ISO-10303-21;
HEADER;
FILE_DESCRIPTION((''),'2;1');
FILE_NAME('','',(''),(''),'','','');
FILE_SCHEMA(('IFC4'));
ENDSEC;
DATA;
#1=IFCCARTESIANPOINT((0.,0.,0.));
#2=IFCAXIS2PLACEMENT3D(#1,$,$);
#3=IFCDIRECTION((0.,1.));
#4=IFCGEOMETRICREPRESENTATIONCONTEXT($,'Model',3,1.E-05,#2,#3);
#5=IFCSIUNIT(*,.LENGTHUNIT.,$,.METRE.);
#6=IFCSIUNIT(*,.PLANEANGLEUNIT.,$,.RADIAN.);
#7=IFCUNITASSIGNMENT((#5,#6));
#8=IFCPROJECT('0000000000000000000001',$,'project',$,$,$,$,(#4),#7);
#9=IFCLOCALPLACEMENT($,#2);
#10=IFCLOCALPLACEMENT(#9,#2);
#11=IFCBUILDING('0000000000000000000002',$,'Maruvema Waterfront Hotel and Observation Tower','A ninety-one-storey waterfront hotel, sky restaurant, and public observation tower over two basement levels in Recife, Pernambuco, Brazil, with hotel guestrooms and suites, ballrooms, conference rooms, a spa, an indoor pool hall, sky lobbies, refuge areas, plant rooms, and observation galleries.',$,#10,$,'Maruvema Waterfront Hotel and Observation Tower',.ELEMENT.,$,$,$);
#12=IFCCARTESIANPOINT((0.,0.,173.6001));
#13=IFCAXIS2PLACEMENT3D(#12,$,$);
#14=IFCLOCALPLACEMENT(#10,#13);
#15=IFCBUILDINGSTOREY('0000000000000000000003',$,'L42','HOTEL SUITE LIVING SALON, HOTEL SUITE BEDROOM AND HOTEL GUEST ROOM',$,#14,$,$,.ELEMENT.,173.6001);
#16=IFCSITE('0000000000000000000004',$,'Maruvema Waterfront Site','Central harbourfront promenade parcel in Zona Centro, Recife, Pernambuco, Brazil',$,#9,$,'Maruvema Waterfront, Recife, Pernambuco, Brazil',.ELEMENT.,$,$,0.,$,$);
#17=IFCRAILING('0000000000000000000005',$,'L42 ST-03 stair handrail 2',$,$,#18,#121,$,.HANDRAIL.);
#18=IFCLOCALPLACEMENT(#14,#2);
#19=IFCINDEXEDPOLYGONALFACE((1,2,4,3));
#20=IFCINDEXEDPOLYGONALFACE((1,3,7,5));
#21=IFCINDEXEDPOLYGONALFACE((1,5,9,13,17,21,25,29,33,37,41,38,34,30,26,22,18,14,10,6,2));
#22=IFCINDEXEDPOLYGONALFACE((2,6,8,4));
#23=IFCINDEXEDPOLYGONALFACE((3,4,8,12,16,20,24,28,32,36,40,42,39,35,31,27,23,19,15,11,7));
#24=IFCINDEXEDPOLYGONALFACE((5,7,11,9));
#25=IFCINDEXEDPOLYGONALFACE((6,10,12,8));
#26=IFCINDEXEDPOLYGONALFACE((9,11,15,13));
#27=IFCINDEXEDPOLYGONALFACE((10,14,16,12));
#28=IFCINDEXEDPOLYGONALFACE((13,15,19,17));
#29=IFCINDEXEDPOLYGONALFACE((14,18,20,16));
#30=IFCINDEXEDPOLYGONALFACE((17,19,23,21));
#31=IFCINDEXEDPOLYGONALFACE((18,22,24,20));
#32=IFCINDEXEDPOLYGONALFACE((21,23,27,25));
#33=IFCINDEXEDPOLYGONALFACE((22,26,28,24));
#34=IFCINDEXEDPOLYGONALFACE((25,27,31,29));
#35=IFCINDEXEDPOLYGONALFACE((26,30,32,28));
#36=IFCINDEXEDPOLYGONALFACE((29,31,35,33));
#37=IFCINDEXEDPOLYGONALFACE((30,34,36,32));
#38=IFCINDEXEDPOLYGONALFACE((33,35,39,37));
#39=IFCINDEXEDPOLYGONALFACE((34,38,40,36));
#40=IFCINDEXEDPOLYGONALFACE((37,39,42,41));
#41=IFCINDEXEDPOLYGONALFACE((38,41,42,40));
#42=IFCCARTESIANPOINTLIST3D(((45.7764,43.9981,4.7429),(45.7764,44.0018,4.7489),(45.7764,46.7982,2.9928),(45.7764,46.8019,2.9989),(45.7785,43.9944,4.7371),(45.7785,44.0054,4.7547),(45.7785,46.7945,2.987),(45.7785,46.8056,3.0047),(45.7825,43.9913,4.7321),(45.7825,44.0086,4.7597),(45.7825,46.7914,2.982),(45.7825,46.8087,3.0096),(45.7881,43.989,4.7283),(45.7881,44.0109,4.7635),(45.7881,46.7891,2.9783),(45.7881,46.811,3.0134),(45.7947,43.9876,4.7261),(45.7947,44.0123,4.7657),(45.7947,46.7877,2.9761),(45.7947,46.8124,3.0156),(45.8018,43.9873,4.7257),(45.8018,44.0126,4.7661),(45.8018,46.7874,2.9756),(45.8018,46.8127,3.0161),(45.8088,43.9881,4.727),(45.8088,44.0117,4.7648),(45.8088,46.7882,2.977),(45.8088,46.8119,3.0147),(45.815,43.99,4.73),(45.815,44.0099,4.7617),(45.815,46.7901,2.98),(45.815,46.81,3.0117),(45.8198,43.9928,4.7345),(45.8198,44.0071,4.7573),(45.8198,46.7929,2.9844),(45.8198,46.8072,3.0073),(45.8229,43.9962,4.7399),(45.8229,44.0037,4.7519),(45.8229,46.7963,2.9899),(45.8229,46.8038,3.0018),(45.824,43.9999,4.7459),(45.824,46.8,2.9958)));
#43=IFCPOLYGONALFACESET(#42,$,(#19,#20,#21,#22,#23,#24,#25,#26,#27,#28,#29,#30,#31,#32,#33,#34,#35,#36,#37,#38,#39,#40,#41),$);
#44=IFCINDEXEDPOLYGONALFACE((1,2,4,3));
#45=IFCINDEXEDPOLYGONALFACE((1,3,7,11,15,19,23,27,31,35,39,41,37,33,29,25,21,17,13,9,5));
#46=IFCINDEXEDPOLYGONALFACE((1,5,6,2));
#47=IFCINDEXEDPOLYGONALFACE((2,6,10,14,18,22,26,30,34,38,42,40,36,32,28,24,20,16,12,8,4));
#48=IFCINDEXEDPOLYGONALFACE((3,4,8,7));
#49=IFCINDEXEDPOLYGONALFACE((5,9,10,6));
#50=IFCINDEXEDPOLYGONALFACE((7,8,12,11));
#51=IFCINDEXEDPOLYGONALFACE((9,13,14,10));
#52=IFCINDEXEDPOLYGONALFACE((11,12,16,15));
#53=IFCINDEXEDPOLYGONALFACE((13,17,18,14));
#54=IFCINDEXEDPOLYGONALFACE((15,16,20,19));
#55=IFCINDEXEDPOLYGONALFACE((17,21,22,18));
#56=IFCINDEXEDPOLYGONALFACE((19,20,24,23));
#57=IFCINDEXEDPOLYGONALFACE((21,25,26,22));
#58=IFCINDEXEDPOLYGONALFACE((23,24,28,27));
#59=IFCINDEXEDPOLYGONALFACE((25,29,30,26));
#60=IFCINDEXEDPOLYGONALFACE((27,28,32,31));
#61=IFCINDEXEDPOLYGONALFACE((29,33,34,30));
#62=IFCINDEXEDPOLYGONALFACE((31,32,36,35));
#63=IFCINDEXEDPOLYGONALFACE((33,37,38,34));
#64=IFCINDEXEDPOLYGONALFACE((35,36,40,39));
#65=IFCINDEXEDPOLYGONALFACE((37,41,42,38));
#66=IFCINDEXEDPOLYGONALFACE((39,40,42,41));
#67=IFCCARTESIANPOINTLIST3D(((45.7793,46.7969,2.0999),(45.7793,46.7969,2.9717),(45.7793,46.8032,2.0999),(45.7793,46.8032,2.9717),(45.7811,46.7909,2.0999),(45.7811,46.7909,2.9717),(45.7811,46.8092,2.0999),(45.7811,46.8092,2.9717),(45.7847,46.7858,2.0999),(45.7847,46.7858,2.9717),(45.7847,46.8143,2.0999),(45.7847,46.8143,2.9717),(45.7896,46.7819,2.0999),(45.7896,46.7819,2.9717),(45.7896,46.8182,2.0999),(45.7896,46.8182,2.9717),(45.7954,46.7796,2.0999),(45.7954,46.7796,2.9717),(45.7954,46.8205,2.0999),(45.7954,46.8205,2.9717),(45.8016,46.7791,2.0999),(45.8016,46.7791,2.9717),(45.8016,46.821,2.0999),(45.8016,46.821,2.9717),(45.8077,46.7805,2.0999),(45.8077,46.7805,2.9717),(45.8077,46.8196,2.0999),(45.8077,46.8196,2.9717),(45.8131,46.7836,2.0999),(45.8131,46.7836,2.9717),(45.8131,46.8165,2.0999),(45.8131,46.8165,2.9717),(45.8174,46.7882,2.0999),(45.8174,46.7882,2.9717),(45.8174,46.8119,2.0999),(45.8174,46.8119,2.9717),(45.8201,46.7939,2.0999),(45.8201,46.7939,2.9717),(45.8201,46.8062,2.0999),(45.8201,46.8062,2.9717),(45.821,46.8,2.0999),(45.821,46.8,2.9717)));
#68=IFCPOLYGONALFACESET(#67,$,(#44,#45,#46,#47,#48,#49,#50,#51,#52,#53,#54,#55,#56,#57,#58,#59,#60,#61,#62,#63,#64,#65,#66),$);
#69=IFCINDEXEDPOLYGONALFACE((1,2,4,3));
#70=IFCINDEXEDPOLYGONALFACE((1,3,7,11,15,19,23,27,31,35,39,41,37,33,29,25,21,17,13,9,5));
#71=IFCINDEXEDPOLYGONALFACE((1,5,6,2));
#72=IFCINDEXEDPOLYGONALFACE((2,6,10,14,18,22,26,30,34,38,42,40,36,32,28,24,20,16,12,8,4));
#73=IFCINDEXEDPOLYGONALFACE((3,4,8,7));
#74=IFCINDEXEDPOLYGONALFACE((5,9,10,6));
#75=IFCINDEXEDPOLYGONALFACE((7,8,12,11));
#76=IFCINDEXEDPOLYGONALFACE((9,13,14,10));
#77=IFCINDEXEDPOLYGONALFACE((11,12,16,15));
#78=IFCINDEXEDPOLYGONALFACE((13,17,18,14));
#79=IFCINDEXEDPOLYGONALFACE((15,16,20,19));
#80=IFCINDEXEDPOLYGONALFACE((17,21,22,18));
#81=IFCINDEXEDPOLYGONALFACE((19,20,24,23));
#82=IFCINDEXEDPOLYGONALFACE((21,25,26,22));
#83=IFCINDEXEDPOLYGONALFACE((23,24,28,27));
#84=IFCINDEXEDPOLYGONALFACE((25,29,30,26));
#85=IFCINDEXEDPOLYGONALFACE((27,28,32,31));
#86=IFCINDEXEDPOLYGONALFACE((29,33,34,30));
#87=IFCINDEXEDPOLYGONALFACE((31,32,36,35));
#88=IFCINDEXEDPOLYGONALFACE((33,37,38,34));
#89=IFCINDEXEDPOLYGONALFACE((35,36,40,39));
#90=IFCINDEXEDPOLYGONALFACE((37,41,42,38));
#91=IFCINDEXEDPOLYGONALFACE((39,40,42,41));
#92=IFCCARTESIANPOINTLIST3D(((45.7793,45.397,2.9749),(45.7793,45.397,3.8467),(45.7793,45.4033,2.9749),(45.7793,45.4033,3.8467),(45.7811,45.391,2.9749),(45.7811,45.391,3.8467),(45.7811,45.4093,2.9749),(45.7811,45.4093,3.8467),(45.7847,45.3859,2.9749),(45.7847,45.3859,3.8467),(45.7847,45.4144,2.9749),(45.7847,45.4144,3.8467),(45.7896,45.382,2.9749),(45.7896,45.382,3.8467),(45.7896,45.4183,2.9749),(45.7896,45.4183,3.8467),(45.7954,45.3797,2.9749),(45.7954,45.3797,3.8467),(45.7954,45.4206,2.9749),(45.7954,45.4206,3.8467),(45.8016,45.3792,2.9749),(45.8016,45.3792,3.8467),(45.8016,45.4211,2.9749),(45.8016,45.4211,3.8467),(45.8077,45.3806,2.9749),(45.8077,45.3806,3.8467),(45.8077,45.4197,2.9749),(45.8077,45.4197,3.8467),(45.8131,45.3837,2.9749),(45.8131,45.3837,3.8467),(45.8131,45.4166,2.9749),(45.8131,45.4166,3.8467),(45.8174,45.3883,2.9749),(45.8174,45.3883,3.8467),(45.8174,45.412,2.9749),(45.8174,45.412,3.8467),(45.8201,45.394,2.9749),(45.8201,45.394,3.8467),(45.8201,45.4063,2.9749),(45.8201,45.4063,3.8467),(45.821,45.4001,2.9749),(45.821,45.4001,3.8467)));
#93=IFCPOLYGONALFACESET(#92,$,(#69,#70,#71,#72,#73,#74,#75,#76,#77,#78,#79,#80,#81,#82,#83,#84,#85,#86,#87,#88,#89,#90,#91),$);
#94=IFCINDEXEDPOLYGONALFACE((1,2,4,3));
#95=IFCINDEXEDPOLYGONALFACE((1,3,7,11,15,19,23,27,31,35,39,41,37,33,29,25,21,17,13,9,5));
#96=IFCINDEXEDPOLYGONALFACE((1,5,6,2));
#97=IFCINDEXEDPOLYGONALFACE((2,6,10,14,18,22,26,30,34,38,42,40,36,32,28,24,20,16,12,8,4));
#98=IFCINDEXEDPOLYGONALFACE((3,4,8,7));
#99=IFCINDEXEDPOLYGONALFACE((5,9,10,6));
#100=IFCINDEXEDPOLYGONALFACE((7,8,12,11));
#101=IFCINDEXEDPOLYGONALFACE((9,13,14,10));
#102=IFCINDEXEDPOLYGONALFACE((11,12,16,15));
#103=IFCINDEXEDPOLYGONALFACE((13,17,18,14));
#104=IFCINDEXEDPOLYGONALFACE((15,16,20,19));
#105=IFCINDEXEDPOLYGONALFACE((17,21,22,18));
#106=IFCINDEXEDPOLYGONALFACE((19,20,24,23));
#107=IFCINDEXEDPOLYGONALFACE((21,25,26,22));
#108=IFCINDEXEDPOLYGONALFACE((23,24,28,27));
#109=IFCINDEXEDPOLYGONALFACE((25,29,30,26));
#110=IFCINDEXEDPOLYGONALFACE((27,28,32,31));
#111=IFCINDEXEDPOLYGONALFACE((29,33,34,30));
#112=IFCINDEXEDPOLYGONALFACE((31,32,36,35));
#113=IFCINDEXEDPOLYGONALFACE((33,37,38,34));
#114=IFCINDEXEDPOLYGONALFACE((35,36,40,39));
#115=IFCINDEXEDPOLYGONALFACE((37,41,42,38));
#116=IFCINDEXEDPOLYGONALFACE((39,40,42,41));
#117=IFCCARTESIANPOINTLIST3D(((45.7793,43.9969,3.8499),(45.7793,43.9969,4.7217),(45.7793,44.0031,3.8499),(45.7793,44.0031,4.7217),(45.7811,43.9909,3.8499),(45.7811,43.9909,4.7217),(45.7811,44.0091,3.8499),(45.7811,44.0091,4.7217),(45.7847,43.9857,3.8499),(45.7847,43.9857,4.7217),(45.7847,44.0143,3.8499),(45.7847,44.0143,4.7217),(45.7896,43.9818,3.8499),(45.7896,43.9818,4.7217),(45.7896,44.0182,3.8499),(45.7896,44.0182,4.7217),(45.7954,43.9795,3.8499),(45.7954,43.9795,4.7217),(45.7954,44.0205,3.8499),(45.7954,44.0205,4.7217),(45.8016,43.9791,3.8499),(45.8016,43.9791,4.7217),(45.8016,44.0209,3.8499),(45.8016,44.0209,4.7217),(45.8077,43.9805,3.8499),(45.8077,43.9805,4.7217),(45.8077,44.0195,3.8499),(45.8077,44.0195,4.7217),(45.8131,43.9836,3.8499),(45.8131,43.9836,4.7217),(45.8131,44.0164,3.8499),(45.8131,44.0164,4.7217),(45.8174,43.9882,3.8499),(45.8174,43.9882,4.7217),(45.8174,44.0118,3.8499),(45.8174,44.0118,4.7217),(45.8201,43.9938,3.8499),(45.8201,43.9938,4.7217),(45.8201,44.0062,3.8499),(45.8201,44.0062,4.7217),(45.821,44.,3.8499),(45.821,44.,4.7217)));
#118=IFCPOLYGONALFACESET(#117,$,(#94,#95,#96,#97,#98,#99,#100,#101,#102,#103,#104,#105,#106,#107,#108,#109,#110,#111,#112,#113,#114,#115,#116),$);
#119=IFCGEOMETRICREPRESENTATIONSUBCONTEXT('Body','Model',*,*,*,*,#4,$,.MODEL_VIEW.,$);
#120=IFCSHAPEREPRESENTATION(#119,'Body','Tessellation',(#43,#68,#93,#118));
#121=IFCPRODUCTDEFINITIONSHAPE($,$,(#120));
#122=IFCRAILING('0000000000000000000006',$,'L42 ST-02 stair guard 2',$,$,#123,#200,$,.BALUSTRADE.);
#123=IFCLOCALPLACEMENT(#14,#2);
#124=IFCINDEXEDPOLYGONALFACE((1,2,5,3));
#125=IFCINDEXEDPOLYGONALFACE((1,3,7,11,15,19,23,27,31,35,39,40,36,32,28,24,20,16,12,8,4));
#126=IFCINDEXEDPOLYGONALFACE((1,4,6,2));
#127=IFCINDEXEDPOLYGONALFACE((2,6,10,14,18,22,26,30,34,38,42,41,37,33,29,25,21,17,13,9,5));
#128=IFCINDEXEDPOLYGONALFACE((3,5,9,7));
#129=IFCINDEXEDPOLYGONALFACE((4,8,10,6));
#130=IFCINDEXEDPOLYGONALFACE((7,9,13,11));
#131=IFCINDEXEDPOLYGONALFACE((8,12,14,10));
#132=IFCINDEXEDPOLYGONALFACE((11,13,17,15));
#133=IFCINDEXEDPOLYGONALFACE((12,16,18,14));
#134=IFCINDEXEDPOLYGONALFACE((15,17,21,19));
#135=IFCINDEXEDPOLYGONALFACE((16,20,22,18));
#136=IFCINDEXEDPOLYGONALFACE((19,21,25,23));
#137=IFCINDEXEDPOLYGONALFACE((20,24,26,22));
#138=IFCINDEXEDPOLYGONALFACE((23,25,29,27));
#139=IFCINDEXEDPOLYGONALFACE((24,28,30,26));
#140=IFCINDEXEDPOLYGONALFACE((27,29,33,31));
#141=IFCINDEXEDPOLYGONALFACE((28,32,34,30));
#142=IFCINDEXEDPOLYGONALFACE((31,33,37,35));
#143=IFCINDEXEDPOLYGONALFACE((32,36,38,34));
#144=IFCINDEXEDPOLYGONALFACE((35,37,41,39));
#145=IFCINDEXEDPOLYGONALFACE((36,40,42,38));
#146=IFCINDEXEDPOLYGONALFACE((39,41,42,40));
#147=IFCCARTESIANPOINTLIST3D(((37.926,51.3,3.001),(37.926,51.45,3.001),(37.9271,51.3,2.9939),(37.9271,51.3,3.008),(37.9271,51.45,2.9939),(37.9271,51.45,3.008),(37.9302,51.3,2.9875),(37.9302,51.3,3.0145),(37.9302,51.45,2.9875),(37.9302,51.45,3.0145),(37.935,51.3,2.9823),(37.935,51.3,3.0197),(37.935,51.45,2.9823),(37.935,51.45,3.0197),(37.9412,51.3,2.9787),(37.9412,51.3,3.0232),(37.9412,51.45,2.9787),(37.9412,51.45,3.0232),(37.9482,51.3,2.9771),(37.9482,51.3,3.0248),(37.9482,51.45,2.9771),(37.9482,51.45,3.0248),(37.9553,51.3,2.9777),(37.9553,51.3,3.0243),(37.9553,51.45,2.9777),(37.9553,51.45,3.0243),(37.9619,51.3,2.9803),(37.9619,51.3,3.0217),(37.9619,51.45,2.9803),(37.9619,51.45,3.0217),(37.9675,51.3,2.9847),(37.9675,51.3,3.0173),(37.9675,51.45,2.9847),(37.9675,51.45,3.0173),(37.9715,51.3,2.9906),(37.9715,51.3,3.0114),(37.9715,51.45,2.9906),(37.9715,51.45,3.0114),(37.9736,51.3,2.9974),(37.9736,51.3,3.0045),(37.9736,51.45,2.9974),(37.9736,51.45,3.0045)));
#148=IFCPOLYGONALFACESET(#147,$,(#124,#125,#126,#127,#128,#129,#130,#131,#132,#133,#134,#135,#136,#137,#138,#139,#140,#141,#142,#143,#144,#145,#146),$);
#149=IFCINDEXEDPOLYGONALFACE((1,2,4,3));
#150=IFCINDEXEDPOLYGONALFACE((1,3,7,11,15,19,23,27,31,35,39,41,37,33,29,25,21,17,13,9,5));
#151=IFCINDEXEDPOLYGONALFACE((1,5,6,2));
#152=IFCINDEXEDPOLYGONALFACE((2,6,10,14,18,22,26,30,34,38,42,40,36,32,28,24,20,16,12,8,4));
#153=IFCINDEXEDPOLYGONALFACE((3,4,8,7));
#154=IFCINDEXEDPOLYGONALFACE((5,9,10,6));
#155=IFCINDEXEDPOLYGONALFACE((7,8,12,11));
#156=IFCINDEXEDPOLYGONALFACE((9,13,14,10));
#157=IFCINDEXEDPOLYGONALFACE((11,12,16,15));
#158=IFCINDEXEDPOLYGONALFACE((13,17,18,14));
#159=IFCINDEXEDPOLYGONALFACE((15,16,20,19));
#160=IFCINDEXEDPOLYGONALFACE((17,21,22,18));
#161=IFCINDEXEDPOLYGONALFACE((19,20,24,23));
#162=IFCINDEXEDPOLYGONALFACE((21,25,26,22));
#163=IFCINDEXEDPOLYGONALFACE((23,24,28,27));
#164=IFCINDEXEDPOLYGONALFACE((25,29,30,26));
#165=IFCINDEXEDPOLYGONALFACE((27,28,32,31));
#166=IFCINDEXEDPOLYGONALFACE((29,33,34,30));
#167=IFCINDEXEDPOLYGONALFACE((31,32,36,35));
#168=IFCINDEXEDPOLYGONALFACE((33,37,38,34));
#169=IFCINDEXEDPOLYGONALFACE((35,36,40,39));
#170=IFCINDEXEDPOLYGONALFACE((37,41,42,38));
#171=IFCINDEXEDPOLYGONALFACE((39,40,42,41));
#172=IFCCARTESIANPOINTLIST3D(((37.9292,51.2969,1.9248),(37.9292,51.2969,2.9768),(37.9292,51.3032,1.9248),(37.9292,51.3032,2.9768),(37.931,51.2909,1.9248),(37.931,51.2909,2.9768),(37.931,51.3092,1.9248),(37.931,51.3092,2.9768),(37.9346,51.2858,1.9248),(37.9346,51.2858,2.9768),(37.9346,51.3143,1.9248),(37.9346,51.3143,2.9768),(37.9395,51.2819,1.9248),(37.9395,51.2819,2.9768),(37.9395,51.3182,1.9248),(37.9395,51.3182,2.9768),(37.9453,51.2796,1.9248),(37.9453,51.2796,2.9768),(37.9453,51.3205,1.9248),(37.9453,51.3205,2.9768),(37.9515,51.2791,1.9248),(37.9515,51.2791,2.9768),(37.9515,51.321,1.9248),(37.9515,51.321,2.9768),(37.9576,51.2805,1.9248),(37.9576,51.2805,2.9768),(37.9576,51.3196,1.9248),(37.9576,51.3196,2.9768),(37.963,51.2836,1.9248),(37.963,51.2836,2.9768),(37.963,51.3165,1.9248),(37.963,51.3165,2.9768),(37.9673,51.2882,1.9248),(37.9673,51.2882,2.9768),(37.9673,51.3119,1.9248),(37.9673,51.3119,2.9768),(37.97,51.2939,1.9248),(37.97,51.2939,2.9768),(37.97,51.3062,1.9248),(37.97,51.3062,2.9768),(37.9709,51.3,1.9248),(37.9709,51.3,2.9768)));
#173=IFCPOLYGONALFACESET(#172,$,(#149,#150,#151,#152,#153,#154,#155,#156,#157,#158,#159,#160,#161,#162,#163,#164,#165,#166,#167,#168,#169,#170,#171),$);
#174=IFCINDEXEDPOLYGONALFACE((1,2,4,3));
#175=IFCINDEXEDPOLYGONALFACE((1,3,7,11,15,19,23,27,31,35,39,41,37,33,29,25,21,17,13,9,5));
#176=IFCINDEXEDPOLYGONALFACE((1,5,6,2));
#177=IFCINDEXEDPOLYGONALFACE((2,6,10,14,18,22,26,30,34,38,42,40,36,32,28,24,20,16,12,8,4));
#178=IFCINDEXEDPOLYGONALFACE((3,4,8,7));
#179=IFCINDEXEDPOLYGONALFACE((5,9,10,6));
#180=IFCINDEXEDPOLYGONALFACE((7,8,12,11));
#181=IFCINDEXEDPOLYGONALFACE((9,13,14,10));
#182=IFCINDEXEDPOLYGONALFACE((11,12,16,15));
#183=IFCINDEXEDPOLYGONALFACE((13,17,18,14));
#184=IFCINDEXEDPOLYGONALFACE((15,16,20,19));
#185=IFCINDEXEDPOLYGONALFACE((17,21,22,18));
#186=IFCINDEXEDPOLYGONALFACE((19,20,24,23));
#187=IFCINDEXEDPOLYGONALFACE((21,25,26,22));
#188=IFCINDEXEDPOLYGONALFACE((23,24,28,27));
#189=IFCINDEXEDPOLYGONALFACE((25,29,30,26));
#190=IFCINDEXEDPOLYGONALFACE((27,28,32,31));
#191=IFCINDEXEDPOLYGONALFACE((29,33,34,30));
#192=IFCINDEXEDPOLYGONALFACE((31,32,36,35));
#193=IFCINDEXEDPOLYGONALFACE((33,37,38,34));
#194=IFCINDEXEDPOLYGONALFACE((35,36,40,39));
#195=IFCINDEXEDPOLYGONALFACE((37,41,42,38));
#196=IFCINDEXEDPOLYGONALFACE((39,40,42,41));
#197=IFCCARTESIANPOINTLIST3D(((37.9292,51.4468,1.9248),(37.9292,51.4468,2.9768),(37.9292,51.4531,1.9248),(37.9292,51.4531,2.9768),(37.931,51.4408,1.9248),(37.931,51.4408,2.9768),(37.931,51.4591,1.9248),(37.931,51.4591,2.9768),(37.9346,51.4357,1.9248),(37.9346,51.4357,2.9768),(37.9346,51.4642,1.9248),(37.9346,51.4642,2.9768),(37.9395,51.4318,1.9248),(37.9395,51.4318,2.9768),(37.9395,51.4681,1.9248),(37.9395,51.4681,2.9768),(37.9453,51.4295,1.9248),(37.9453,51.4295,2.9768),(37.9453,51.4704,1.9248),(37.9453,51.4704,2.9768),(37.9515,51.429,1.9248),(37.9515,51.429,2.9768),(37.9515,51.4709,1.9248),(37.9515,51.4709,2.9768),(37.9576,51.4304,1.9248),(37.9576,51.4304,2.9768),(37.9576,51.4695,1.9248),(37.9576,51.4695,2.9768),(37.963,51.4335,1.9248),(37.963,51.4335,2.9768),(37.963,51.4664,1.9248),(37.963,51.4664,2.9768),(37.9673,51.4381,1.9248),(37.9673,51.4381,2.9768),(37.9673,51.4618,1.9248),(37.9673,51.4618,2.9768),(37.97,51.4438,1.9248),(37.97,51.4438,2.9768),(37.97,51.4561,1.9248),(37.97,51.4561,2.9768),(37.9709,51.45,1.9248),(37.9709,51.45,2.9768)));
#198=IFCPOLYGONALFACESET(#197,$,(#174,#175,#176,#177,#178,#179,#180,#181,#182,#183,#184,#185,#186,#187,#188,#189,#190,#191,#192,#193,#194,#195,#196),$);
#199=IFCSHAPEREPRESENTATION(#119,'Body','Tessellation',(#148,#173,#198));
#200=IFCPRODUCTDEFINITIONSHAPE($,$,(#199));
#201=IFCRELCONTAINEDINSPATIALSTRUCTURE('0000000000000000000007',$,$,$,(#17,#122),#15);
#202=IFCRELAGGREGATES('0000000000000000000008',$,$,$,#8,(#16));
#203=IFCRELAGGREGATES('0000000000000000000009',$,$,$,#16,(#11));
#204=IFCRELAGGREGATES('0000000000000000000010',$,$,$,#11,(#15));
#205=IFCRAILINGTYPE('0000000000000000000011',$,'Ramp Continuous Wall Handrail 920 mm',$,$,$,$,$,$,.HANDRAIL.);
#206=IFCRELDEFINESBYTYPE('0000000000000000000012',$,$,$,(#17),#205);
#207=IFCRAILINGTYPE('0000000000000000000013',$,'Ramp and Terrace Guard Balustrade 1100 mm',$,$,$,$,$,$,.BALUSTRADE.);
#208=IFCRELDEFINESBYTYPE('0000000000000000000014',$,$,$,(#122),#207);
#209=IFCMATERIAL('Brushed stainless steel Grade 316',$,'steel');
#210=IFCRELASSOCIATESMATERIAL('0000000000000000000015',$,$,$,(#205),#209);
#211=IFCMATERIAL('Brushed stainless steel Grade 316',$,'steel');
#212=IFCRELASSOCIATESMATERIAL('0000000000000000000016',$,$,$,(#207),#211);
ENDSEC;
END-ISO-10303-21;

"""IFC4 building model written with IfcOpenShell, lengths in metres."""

from ifc_helpers import new_model, si_unit, direction, frame, origin, origin_2d, place, context, subcontext, project, spatial, circle, extrude, material, type_object, element, save


model = new_model("IFC4")

# Units and contexts
model_context = context("Model", 3, precision=1e-05, world=origin(), true_north=direction((0.0, 1.0)))
body_context = subcontext(model_context, "Body", "Model", "MODEL_VIEW")
ifc_project = project(units=[si_unit("LENGTHUNIT", "METRE"), si_unit("PLANEANGLEUNIT", "RADIAN")], contexts=[model_context])

# Site, building, storey
site_placement = place(None, origin())
site = spatial("IfcSite", under=ifc_project, at=site_placement, Name="Maruvema Waterfront Site", Description="Central harbourfront promenade parcel in Zona Centro, Recife, Pernambuco, Brazil", LongName="Maruvema Waterfront, Recife, Pernambuco, Brazil", CompositionType="ELEMENT", RefElevation=0.0)
building_placement = place(site_placement, origin())
building = spatial("IfcBuilding", under=site, at=building_placement, Name="Maruvema Waterfront Hotel and Observation Tower", Description="A ninety-one-storey waterfront hotel, sky restaurant, and public observation tower over two basement levels in Recife, Pernambuco, Brazil, with hotel guestrooms and suites, ballrooms, conference rooms, a spa, an indoor pool hall, sky lobbies, refuge areas, plant rooms, and observation galleries.", LongName="Maruvema Waterfront Hotel and Observation Tower", CompositionType="ELEMENT")
storey_placement = place(building_placement, frame((0.0, 0.0, 173.6001)))
storey = spatial("IfcBuildingStorey", under=building, at=storey_placement, Name="L42", Description="HOTEL SUITE LIVING SALON, HOTEL SUITE BEDROOM AND HOTEL GUEST ROOM", CompositionType="ELEMENT", Elevation=173.6001)

# Railings
ifc_material_1 = material(Name="Brushed stainless steel Grade 316", Category="steel")
railing_type_1 = type_object("IfcRailingType", Name="Ramp Continuous Wall Handrail 920 mm", PredefinedType="HANDRAIL", material=ifc_material_1)
railing_1_placement = place(storey_placement, frame((45.8, 46.8, 2.0999)))
element("IfcRailing", 1, at=railing_1_placement, inside=storey, type_object=railing_type_1, Name="L42 ST-03 stair handrail 2", PredefinedType="HANDRAIL", context=body_context, shape_type="SweptSolid", body=[
    extrude(circle(Radius=0.0239, at=origin_2d()), frame((0.0, 0.0, 0.896), z_axis=(0.0, -0.848002, 0.529992), x_axis=(1.0, 0.0, 0.0)), (0.0, 0.0, 1.0), 3.302),
    extrude(circle(Radius=0.021, at=origin_2d()), origin(), (0.0, 0.0, 1.0), 0.8718),
    extrude(circle(Radius=0.021, at=origin_2d()), frame((0.0, -1.3999, 0.875)), (0.0, 0.0, 1.0), 0.8718),
    extrude(circle(Radius=0.021, at=origin_2d()), frame((0.0, -2.8, 1.75)), (0.0, 0.0, 1.0), 0.8718),
])
ifc_material_2 = material(Name="Brushed stainless steel Grade 316", Category="steel")
railing_type_2 = type_object("IfcRailingType", Name="Ramp and Terrace Guard Balustrade 1100 mm", PredefinedType="BALUSTRADE", material=ifc_material_2)
railing_2_placement = place(storey_placement, frame((37.95, 51.3, 1.9248)))
element("IfcRailing", 2, at=railing_2_placement, inside=storey, type_object=railing_type_2, Name="L42 ST-02 stair guard 2", PredefinedType="BALUSTRADE", context=body_context, shape_type="SweptSolid", body=[
    extrude(circle(Radius=0.0239, at=origin_2d()), frame((0.0, 0.0, 1.0762), z_axis=(0.0, 1.0, 0.0), x_axis=(-1.0, 0.0, 0.0)), (0.0, 0.0, 1.0), 0.1499),
    extrude(circle(Radius=0.021, at=origin_2d()), origin(), (0.0, 0.0, 1.0), 1.052),
    extrude(circle(Radius=0.021, at=origin_2d()), frame((0.0, 0.1499, 0.0)), (0.0, 0.0, 1.0), 1.052),
])

save(model, "model.ifc")
